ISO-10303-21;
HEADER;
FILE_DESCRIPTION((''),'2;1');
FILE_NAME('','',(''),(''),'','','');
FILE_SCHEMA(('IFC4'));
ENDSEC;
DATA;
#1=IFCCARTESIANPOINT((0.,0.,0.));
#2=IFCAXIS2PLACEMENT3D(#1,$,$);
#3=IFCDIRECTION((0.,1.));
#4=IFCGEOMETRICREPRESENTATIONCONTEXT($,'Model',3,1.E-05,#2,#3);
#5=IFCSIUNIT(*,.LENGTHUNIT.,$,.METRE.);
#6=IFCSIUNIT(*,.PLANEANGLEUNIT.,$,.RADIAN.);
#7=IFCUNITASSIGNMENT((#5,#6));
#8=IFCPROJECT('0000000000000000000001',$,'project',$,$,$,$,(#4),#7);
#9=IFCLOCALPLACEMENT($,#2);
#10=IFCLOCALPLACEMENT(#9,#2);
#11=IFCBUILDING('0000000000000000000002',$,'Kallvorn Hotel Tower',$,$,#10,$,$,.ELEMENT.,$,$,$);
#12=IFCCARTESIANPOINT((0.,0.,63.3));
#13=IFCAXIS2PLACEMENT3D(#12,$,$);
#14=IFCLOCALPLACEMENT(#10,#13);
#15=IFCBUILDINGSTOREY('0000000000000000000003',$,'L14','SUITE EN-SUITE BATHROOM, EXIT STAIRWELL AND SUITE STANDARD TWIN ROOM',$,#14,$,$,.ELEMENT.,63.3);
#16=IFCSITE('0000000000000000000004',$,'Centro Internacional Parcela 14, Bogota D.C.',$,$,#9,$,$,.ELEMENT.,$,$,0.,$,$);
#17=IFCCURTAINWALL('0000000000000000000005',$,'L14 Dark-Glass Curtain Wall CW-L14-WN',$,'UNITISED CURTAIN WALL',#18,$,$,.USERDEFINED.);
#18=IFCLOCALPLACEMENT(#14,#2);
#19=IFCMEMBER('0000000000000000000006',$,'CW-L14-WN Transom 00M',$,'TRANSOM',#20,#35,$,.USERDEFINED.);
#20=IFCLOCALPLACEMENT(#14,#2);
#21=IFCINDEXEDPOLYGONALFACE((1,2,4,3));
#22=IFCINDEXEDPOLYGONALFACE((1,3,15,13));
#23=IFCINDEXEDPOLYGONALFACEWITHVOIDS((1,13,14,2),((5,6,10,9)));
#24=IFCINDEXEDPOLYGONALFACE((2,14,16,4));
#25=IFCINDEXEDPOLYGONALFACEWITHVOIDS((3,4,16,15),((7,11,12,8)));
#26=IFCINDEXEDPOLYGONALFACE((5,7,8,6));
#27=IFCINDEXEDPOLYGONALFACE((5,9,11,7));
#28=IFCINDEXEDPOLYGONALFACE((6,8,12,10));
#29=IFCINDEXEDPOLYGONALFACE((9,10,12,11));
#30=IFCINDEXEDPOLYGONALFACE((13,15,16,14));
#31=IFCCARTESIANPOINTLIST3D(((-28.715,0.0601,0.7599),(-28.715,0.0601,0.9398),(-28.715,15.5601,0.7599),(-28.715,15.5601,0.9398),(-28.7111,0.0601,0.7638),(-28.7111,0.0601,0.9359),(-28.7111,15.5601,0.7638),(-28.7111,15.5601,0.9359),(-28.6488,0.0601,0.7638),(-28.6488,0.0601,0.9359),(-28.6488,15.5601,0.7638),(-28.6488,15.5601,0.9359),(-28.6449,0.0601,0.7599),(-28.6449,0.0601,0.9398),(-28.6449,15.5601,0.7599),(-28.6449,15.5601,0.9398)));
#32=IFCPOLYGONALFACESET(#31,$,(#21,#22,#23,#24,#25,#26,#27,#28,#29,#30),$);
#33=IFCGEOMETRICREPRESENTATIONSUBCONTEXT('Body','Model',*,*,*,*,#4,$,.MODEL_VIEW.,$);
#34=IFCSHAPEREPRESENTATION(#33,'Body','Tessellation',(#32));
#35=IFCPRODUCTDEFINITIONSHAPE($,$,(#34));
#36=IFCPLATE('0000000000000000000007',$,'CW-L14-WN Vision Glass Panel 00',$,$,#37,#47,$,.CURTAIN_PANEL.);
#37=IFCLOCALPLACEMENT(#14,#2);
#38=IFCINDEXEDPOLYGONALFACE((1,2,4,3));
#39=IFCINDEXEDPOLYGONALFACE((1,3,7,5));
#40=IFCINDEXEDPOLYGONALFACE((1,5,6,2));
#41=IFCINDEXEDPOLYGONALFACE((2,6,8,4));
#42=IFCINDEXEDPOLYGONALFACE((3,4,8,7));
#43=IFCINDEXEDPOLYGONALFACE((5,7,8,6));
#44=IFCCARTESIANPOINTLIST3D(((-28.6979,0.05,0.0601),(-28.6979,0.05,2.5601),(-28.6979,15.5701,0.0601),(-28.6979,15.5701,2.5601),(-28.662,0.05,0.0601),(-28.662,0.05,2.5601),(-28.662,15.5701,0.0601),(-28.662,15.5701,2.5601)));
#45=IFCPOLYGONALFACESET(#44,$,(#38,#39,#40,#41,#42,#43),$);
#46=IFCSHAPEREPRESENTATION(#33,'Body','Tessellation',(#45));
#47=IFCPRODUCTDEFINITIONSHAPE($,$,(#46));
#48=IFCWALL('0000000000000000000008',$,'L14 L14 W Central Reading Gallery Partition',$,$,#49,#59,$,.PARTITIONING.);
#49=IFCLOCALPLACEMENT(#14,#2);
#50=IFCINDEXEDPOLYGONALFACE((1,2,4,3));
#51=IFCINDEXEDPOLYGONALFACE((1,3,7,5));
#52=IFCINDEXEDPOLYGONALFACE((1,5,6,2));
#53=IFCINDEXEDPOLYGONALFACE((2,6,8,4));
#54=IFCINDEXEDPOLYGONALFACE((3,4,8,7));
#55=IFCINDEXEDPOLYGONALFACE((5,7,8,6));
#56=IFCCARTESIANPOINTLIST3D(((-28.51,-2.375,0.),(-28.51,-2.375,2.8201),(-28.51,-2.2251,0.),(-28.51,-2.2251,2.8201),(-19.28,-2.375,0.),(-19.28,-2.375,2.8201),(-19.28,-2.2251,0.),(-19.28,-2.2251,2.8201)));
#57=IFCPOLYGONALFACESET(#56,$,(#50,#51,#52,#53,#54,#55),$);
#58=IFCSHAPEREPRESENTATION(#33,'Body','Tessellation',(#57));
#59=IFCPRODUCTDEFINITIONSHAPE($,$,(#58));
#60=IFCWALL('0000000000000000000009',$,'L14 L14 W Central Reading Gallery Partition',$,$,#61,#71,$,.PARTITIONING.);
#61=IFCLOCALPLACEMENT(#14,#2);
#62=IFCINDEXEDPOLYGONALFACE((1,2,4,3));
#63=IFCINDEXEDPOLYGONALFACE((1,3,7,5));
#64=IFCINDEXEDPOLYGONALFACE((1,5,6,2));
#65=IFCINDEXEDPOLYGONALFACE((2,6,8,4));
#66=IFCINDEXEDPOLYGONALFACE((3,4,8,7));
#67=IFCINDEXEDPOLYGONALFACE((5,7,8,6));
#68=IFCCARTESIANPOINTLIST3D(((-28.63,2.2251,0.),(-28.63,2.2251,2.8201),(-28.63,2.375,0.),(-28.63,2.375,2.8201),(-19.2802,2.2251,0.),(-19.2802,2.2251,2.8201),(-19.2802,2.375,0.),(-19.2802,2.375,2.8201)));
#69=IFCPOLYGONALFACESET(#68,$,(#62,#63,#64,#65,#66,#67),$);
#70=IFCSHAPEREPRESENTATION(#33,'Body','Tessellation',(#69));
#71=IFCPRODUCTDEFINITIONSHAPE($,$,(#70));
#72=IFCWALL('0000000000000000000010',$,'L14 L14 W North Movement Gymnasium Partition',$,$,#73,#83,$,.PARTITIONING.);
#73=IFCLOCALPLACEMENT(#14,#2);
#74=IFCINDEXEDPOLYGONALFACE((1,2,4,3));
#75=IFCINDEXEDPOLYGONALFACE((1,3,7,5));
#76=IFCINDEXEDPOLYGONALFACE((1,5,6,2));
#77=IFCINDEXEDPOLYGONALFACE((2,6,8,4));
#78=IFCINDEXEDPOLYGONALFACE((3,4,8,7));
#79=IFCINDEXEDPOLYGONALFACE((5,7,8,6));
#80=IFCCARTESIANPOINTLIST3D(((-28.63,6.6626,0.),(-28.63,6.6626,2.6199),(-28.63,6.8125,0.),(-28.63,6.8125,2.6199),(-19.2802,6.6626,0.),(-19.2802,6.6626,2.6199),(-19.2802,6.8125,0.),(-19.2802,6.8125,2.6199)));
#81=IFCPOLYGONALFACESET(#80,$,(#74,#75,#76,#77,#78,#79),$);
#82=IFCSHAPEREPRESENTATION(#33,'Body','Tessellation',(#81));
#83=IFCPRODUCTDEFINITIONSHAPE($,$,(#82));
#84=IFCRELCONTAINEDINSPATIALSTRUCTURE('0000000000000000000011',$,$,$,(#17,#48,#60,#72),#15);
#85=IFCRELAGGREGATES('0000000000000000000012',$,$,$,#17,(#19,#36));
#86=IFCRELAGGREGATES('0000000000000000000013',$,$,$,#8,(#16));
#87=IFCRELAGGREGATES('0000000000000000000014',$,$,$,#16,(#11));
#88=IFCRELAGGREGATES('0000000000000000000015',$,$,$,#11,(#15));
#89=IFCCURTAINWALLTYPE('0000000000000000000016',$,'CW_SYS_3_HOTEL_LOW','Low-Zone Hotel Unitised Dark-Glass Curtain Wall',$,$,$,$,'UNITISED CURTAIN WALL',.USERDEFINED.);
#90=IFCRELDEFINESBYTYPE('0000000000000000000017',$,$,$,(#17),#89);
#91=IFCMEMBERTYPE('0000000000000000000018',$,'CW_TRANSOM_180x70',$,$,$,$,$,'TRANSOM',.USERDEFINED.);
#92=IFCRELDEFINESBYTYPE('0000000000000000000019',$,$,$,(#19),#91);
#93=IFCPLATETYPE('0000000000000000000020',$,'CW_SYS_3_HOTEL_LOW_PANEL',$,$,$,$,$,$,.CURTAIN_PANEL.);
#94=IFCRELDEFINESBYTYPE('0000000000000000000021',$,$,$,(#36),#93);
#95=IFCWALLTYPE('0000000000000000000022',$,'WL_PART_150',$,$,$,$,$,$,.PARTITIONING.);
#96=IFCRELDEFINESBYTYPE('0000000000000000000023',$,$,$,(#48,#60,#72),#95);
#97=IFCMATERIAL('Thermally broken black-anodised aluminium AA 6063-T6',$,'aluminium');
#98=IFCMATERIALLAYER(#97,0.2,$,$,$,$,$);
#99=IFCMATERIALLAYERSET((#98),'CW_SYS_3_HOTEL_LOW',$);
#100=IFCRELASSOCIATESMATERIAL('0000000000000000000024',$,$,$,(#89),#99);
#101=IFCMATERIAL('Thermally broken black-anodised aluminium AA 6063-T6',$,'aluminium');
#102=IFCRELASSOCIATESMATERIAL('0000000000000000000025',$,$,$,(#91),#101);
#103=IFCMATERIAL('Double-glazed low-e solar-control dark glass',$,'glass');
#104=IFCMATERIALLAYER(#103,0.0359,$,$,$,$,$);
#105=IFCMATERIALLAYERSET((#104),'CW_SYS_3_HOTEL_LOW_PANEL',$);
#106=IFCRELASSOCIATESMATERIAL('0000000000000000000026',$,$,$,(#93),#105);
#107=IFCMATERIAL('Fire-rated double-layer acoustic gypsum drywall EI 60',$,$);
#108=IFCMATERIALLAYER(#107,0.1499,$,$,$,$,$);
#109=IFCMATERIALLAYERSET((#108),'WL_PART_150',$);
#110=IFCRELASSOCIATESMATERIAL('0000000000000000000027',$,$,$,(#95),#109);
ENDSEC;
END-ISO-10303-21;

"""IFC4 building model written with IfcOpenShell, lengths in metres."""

from ifc_helpers import new_model, si_unit, direction, frame, frame_2d, origin, origin_2d, place, context, subcontext, project, spatial, rectangle, hollow_rectangle, extrude, material, layer, layer_set, material_profile, profile_set, type_object, element, aggregate, save


model = new_model("IFC4")

# Units and contexts
model_context = context("Model", 3, precision=1e-05, world=origin(), true_north=direction((0.0, 1.0)))
body_context = subcontext(model_context, "Body", "Model", "MODEL_VIEW")
ifc_project = project(units=[si_unit("LENGTHUNIT", "METRE"), si_unit("PLANEANGLEUNIT", "RADIAN")], contexts=[model_context])

# Site, building, storey
site_placement = place(None, origin())
site = spatial("IfcSite", under=ifc_project, at=site_placement, Name="Centro Internacional Parcela 14, Bogota D.C.", CompositionType="ELEMENT", RefElevation=0.0)
building_placement = place(site_placement, origin())
building = spatial("IfcBuilding", under=site, at=building_placement, Name="Kallvorn Hotel Tower", CompositionType="ELEMENT")
storey_placement = place(building_placement, frame((0.0, 0.0, 63.3)))
storey = spatial("IfcBuildingStorey", under=building, at=storey_placement, Name="L14", Description="SUITE EN-SUITE BATHROOM, EXIT STAIRWELL AND SUITE STANDARD TWIN ROOM", CompositionType="ELEMENT", Elevation=63.3)

# Curtain wall, member, plate
ifc_material_1 = material(Name="Thermally broken black-anodised aluminium AA 6063-T6", Category="aluminium")
ifc_layer_1 = layer(ifc_material_1, 0.2)
ifc_layer_set_1 = layer_set([ifc_layer_1], Name="CW_SYS_3_HOTEL_LOW")
curtain_wall_type = type_object("IfcCurtainWallType", Name="CW_SYS_3_HOTEL_LOW", Description="Low-Zone Hotel Unitised Dark-Glass Curtain Wall", ElementType="UNITISED CURTAIN WALL", PredefinedType="USERDEFINED", material=ifc_layer_set_1)
curtain_wall_placement = place(storey_placement, origin())
curtain_wall = element("IfcCurtainWall", 1, at=curtain_wall_placement, inside=storey, type_object=curtain_wall_type, Name="L14 Dark-Glass Curtain Wall CW-L14-WN", ObjectType="UNITISED CURTAIN WALL", PredefinedType="USERDEFINED")
ifc_material_2 = material(Name="Thermally broken black-anodised aluminium AA 6063-T6", Category="aluminium")
ifc_material_profile_1 = material_profile(ifc_material_2, hollow_rectangle(XDim=0.0701, YDim=0.1799, WallThickness=0.0039, at=origin_2d()), Name="TRN 180x70")
ifc_profile_set_1 = profile_set([ifc_material_profile_1], Name="Thermally broken black-anodised aluminium AA 6063-T6")
member_type_1 = type_object("IfcMemberType", Name="CW_TRANSOM_180x70", ElementType="TRANSOM", PredefinedType="USERDEFINED", material=ifc_profile_set_1)
member_1_placement = place(storey_placement, frame((-28.6799, 0.0601, 0.8499), z_axis=(0.0, 1.0, 0.0), x_axis=(-1.0, 0.0, 0.0)))
member_1 = element("IfcMember", 2, at=member_1_placement, type_object=member_type_1, Name="CW-L14-WN Transom 00M", ObjectType="TRANSOM", PredefinedType="USERDEFINED", context=body_context, shape_type="SweptSolid", body=[
    extrude(hollow_rectangle(XDim=0.0701, YDim=0.1799, WallThickness=0.0039, at=origin_2d()), origin(), (0.0, 0.0, 1.0), 15.5),
])
ifc_material_3 = material(Name="Double-glazed low-e solar-control dark glass", Category="glass")
ifc_layer_2 = layer(ifc_material_3, 0.0359)
ifc_layer_set_2 = layer_set([ifc_layer_2], Name="CW_SYS_3_HOTEL_LOW_PANEL")
plate_type = type_object("IfcPlateType", Name="CW_SYS_3_HOTEL_LOW_PANEL", PredefinedType="CURTAIN_PANEL", material=ifc_layer_set_2)
plate_placement = place(storey_placement, frame((-28.6799, 7.8101, 0.0601), z_axis=(0.0, 0.0, 1.0), x_axis=(0.0, 1.0, 0.0)))
plate = element("IfcPlate", 3, at=plate_placement, type_object=plate_type, Name="CW-L14-WN Vision Glass Panel 00", PredefinedType="CURTAIN_PANEL", context=body_context, shape_type="SweptSolid", body=[
    extrude(rectangle(XDim=15.52, YDim=0.0359, at=origin_2d()), origin(), (0.0, 0.0, 1.0), 2.5),
])
aggregate(curtain_wall, [member_1, plate])

# Walls
ifc_material_4 = material(Name="Fire-rated double-layer acoustic gypsum drywall EI 60")
ifc_layer_3 = layer(ifc_material_4, 0.1499)
ifc_layer_set_3 = layer_set([ifc_layer_3], Name="WL_PART_150")
wall_type_1 = type_object("IfcWallType", Name="WL_PART_150", PredefinedType="PARTITIONING", material=ifc_layer_set_3)
wall_1_placement = place(storey_placement, frame((-28.51, -2.3, 0.0), z_axis=(0.0, 0.0, 1.0), x_axis=(1.0, 0.0, 0.0)))
element("IfcWall", 4, at=wall_1_placement, inside=storey, type_object=wall_type_1, Name="L14 L14 W Central Reading Gallery Partition", PredefinedType="PARTITIONING", context=body_context, shape_type="SweptSolid", body=[
    extrude(rectangle(XDim=9.23, YDim=0.1499, at=frame_2d((4.615, 0.0))), origin(), (0.0, 0.0, 1.0), 2.8201),
])
wall_2_placement = place(storey_placement, frame((-28.6299, 2.3, 0.0), z_axis=(0.0, 0.0, 1.0), x_axis=(1.0, 0.0, 0.0)))
element("IfcWall", 5, at=wall_2_placement, inside=storey, type_object=wall_type_1, Name="L14 L14 W Central Reading Gallery Partition", PredefinedType="PARTITIONING", context=body_context, shape_type="SweptSolid", body=[
    extrude(rectangle(XDim=9.3499, YDim=0.1499, at=frame_2d((4.6748, 0.0))), origin(), (0.0, 0.0, 1.0), 2.8201),
])
wall_3_placement = place(storey_placement, frame((-28.6299, 6.7375, 0.0), z_axis=(0.0, 0.0, 1.0), x_axis=(1.0, 0.0, 0.0)))
element("IfcWall", 6, at=wall_3_placement, inside=storey, type_object=wall_type_1, Name="L14 L14 W North Movement Gymnasium Partition", PredefinedType="PARTITIONING", context=body_context, shape_type="SweptSolid", body=[
    extrude(rectangle(XDim=9.3499, YDim=0.1499, at=frame_2d((4.6748, 0.0))), origin(), (0.0, 0.0, 1.0), 2.6199),
])

save(model, "model.ifc")
